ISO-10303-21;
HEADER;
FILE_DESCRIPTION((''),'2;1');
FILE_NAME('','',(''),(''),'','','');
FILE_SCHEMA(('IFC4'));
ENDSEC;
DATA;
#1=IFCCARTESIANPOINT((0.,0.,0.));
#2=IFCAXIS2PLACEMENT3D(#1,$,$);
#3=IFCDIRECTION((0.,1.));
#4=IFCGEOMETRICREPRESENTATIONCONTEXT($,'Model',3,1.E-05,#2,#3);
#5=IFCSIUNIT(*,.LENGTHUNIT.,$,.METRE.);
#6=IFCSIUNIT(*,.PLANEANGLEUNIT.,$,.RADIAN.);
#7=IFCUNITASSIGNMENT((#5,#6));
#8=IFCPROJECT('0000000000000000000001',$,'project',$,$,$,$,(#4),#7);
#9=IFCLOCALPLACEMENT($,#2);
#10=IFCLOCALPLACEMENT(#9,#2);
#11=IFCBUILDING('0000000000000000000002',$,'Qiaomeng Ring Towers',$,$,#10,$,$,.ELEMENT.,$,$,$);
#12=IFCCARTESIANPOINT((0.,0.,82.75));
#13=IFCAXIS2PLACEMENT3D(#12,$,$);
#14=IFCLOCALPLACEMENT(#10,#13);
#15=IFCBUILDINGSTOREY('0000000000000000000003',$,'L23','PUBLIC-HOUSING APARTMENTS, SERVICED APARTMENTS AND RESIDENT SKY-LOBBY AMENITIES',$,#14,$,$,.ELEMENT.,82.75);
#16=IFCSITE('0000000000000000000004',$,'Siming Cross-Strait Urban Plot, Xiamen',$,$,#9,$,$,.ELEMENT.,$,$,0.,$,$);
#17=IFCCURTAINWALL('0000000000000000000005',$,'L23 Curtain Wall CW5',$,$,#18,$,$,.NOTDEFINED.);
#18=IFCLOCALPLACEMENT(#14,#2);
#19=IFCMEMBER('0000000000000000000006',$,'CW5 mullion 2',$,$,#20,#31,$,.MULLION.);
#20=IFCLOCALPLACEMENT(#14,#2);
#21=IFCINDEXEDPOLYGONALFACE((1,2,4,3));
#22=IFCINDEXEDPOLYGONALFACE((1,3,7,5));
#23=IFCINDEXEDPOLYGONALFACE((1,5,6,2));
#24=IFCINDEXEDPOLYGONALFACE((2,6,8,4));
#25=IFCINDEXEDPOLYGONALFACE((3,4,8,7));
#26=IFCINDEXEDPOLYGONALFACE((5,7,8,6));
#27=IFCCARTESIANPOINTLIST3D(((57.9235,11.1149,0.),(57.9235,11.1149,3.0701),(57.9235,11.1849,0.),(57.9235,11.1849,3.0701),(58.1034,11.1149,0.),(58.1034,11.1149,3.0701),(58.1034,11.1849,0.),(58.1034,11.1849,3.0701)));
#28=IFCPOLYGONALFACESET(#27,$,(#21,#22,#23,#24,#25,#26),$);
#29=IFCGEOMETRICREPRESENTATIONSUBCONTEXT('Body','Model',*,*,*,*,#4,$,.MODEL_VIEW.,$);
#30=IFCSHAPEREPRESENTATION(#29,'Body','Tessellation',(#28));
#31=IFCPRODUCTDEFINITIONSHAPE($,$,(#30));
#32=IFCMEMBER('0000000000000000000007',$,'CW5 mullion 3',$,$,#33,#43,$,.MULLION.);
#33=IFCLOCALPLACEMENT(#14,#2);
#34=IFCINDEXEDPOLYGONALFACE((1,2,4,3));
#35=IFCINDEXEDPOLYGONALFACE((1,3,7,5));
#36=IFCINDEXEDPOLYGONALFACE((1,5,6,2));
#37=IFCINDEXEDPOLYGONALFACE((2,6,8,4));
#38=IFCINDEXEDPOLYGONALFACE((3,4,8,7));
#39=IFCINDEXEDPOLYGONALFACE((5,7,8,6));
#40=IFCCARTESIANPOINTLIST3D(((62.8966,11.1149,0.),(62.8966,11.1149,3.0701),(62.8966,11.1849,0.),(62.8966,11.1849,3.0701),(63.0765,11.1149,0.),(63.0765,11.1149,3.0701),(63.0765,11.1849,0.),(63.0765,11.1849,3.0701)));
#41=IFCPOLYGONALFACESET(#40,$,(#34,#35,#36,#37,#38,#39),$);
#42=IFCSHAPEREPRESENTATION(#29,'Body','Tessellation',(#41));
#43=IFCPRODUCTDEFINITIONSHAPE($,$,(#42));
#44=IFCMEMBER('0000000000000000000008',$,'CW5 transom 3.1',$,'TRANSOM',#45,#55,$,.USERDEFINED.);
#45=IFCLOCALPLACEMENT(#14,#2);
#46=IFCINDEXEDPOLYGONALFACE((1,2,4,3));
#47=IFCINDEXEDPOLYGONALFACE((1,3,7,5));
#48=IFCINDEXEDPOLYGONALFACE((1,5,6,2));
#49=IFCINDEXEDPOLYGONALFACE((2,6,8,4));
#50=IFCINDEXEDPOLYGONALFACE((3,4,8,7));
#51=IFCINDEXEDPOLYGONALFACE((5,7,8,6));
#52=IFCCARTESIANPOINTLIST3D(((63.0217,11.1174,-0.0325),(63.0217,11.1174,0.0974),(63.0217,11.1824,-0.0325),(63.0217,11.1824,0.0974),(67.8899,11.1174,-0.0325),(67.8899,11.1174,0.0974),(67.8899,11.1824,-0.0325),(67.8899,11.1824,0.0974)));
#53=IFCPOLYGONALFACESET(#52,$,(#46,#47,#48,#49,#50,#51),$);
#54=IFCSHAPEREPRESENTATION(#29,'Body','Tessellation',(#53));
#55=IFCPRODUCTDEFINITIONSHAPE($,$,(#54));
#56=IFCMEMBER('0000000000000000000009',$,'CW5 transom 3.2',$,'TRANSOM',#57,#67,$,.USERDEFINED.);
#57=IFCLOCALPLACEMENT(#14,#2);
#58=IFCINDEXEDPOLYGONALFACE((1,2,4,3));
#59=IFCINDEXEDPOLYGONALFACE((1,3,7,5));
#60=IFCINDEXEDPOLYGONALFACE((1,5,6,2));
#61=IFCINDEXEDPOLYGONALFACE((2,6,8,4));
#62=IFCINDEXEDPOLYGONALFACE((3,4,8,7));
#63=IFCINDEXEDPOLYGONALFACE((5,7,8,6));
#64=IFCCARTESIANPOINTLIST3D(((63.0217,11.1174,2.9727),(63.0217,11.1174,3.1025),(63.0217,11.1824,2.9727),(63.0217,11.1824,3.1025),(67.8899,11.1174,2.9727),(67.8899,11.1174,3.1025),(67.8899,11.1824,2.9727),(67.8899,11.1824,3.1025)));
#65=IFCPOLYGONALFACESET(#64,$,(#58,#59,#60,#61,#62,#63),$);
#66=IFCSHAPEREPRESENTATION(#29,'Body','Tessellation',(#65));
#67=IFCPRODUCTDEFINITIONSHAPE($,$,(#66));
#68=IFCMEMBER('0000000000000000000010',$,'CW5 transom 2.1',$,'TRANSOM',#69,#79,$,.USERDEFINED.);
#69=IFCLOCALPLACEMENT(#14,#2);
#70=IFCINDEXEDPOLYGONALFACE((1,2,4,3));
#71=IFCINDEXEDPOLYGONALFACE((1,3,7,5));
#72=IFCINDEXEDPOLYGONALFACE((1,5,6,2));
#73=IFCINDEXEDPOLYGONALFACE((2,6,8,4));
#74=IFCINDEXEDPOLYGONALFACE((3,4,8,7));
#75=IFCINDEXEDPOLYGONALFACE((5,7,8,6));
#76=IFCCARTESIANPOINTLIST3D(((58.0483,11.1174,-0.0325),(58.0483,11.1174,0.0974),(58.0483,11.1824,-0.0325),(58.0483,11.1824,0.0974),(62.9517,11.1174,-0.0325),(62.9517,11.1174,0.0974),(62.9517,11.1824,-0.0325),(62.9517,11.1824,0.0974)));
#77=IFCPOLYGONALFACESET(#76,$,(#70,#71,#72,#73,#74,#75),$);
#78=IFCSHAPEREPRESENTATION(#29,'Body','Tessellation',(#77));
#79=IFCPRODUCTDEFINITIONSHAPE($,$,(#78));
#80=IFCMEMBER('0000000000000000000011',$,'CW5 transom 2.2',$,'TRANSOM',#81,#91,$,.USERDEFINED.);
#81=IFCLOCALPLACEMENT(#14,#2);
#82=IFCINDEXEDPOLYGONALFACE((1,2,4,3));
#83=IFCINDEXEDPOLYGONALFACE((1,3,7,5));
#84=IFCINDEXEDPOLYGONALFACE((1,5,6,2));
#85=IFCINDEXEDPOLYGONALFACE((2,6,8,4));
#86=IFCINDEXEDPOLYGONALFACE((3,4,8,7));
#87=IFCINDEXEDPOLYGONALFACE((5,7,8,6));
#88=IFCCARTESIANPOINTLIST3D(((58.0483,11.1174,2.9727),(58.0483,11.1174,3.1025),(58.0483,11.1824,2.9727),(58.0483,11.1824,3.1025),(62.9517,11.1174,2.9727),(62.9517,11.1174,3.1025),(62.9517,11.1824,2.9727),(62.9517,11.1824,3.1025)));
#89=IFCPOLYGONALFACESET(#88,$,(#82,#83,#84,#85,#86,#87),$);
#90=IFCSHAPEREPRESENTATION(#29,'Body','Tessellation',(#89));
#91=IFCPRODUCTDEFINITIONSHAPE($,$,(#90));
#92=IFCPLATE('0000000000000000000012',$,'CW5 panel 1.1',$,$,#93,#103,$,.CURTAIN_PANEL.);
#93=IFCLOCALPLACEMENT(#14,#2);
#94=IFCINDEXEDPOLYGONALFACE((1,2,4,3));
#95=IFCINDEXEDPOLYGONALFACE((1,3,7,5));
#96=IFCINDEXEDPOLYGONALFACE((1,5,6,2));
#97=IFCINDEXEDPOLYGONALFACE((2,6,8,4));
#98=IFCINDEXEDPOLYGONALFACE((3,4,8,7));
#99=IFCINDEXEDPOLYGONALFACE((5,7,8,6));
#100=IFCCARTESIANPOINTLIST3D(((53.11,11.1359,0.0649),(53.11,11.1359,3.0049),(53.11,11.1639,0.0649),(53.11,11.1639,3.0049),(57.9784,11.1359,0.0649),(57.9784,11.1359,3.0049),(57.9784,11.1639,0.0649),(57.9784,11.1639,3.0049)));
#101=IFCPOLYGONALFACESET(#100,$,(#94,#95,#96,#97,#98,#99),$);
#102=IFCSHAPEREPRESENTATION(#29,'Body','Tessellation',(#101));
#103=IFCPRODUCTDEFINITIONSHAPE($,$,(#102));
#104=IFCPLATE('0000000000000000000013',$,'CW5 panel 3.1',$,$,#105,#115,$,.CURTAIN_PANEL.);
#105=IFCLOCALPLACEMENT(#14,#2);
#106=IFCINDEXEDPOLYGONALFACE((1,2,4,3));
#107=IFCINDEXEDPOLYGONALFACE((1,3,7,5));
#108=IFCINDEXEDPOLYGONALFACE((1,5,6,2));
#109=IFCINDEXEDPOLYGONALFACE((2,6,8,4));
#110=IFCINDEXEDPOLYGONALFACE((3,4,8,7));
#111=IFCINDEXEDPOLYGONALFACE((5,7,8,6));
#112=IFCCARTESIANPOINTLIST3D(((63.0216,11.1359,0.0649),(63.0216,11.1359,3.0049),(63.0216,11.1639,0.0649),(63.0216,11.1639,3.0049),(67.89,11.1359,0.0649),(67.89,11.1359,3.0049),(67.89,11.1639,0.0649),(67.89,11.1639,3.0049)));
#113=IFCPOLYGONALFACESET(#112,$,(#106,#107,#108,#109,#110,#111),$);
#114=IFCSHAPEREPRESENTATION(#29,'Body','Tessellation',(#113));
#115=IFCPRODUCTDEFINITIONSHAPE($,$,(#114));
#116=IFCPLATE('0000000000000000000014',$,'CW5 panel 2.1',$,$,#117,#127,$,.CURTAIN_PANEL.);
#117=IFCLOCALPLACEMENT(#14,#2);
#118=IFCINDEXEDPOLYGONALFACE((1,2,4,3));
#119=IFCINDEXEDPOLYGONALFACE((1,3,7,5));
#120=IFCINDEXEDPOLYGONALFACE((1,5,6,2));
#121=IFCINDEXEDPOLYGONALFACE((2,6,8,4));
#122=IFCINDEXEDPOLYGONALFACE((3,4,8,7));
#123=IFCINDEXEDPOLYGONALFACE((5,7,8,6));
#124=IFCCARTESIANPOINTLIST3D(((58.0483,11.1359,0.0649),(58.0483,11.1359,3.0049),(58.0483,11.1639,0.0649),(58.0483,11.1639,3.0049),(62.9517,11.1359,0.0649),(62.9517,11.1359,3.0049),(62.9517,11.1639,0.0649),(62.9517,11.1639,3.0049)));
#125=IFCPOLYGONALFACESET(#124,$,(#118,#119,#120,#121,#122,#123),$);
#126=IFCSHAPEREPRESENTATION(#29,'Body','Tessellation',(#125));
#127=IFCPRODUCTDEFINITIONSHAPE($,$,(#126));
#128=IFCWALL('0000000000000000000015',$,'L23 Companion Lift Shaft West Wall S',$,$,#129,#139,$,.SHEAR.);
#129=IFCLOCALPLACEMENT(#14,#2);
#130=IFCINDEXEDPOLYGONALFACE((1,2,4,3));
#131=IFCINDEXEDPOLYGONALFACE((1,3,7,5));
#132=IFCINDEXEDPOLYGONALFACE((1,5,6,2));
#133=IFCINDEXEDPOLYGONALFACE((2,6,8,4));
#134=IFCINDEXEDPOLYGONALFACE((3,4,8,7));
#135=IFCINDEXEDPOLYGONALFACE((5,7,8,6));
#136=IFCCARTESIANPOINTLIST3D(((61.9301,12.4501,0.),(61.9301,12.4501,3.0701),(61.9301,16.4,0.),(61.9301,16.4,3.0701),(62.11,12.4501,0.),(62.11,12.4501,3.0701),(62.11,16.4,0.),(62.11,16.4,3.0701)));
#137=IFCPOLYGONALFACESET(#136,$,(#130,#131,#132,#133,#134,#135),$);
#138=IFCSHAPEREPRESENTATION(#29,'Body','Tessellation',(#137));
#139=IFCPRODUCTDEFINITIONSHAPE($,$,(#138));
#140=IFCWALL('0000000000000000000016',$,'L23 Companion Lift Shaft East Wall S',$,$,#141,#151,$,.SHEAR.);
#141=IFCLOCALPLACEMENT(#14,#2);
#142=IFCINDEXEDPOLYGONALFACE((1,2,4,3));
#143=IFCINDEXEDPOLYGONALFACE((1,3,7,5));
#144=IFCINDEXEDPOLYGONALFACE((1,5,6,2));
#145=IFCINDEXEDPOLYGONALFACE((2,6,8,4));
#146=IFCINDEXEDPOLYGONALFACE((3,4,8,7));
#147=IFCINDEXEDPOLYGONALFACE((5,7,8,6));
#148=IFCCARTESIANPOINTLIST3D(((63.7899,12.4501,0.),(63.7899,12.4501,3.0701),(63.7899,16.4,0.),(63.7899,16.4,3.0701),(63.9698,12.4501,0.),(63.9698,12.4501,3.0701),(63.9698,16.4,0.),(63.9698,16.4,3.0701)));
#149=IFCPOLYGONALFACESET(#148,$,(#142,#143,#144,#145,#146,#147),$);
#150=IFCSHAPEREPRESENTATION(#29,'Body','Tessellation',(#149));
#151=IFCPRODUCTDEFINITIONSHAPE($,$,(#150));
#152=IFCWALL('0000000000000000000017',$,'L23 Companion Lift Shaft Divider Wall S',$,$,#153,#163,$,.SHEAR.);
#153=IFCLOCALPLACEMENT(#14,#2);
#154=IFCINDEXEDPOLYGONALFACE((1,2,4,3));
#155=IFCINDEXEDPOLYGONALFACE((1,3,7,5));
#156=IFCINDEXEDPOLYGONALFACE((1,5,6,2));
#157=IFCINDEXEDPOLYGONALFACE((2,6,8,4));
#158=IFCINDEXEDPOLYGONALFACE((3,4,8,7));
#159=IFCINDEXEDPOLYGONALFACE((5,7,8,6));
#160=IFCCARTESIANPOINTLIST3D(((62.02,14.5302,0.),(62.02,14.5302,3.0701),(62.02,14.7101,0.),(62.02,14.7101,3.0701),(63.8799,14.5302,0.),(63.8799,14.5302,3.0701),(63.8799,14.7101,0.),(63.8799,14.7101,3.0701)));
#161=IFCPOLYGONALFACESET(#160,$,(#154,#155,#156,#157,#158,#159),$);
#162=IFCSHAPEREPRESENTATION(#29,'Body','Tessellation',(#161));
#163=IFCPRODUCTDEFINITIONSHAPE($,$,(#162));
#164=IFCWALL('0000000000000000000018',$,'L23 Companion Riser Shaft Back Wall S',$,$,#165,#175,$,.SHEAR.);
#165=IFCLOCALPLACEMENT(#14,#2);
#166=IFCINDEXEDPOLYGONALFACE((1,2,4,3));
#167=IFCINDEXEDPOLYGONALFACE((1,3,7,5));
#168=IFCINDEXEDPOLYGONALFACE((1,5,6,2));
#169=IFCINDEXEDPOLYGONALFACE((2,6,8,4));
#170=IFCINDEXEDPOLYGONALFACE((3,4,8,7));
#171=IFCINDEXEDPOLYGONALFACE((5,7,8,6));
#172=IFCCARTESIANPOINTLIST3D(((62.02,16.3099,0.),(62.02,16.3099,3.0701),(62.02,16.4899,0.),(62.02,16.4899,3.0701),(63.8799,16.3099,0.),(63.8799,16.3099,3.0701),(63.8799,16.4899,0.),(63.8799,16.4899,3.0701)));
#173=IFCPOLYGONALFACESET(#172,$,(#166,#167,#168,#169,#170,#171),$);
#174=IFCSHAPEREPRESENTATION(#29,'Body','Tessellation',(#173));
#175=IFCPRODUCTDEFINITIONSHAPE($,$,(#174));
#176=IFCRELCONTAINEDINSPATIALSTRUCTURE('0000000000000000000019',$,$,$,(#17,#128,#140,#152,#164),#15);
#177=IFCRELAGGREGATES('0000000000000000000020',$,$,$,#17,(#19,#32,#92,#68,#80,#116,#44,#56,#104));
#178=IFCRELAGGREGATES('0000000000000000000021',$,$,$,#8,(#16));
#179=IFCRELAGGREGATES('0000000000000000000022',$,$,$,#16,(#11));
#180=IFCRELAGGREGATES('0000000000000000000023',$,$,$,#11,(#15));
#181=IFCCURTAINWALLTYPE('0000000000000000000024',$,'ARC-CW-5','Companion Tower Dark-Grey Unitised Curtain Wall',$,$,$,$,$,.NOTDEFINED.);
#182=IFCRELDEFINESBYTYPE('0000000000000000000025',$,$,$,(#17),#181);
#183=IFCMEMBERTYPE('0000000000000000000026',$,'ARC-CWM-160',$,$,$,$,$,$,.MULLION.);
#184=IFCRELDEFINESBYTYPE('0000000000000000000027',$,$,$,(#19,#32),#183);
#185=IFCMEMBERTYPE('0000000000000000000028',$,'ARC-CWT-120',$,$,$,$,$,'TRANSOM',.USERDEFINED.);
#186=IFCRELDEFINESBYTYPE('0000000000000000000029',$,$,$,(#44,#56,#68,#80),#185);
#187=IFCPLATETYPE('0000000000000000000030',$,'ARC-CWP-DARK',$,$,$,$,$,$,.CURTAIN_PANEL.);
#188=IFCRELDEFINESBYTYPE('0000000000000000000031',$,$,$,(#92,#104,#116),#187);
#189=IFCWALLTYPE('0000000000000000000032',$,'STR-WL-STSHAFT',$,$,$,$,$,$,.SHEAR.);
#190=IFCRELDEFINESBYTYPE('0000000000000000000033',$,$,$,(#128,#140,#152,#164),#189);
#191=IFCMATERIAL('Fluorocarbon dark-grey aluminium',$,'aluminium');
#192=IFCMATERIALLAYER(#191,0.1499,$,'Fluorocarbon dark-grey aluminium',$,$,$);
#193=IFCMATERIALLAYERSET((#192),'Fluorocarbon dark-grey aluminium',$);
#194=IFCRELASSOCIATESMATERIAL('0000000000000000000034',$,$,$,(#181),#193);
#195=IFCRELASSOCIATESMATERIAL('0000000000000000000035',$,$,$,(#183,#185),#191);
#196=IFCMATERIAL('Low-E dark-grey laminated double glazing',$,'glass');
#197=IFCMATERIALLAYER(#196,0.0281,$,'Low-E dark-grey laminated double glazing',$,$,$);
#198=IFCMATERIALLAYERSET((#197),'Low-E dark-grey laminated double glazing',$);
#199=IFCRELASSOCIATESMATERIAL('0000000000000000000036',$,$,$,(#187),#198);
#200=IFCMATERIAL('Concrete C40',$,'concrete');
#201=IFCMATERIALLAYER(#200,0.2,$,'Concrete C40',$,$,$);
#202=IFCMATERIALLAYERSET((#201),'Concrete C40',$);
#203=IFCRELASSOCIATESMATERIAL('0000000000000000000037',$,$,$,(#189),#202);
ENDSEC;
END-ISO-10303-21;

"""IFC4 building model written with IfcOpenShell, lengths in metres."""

from ifc_helpers import new_model, si_unit, direction, frame, frame_2d, origin, origin_2d, place, context, subcontext, project, spatial, rectangle, extrude, source, transform, mapped, material, layer, layer_set, material_profile, profile_set, type_object, element, aggregate, save


model = new_model("IFC4")

# Units and contexts
model_context = context("Model", 3, precision=1e-05, world=origin(), true_north=direction((0.0, 1.0)))
body_context = subcontext(model_context, "Body", "Model", "MODEL_VIEW")
ifc_project = project(units=[si_unit("LENGTHUNIT", "METRE"), si_unit("PLANEANGLEUNIT", "RADIAN")], contexts=[model_context])

# Site, building, storey
site_placement = place(None, origin())
site = spatial("IfcSite", under=ifc_project, at=site_placement, Name="Siming Cross-Strait Urban Plot, Xiamen", CompositionType="ELEMENT", RefElevation=0.0)
building_placement = place(site_placement, origin())
building = spatial("IfcBuilding", under=site, at=building_placement, Name="Qiaomeng Ring Towers", CompositionType="ELEMENT")
storey_placement = place(building_placement, frame((0.0, 0.0, 82.75)))
storey = spatial("IfcBuildingStorey", under=building, at=storey_placement, Name="L23", Description="PUBLIC-HOUSING APARTMENTS, SERVICED APARTMENTS AND RESIDENT SKY-LOBBY AMENITIES", CompositionType="ELEMENT", Elevation=82.75)

# Curtain wall, members, plates
ifc_material_1 = material(Name="Fluorocarbon dark-grey aluminium", Category="aluminium")
ifc_layer_1 = layer(ifc_material_1, 0.1499, Name="Fluorocarbon dark-grey aluminium")
ifc_layer_set_1 = layer_set([ifc_layer_1], Name="Fluorocarbon dark-grey aluminium")
curtain_wall_type = type_object("IfcCurtainWallType", Name="ARC-CW-5", Description="Companion Tower Dark-Grey Unitised Curtain Wall", PredefinedType="NOTDEFINED", material=ifc_layer_set_1)
curtain_wall_placement = place(storey_placement, origin())
curtain_wall = element("IfcCurtainWall", 1, at=curtain_wall_placement, inside=storey, type_object=curtain_wall_type, Name="L23 Curtain Wall CW5", PredefinedType="NOTDEFINED")
ifc_material_profile_1 = material_profile(ifc_material_1, rectangle(XDim=0.0701, YDim=0.1799, at=origin_2d()), Name="ALU MULL 70x180")
ifc_profile_set_1 = profile_set([ifc_material_profile_1], Name="Fluorocarbon dark-grey aluminium")
member_type_1 = type_object("IfcMemberType", Name="ARC-CWM-160", PredefinedType="MULLION", material=ifc_profile_set_1)
shared_shape_1 = source(origin(), body_context, "Body", "SweptSolid", [
    extrude(rectangle(XDim=0.0701, YDim=0.1799, at=origin_2d()), origin(), (0.0, 0.0, 1.0), 3.0701),
])
member_1_placement = place(storey_placement, frame((58.0134, 11.1499, 0.0), z_axis=(0.0, 0.0, 1.0), x_axis=(0.0, 1.0, 0.0)))
member_1 = element("IfcMember", 2, at=member_1_placement, type_object=member_type_1, Name="CW5 mullion 2", PredefinedType="MULLION", context=body_context, shape_type="MappedRepresentation", body=[
    mapped(shared_shape_1, transform((0.0, 0.0, 0.0), x_axis=(1.0, 0.0, 0.0), y_axis=(0.0, 1.0, 0.0), z_axis=(0.0, 0.0, 1.0), scale=1.0)),
])
member_2_placement = place(storey_placement, frame((62.9866, 11.1499, 0.0), z_axis=(0.0, 0.0, 1.0), x_axis=(0.0, 1.0, 0.0)))
member_2 = element("IfcMember", 3, at=member_2_placement, type_object=member_type_1, Name="CW5 mullion 3", PredefinedType="MULLION", context=body_context, shape_type="MappedRepresentation", body=[
    mapped(shared_shape_1, transform((0.0, 0.0, 0.0), x_axis=(1.0, 0.0, 0.0), y_axis=(0.0, 1.0, 0.0), z_axis=(0.0, 0.0, 1.0), scale=1.0)),
])
ifc_material_profile_2 = material_profile(ifc_material_1, rectangle(XDim=0.0649, YDim=0.1299, at=origin_2d()), Name="ALU TRAN 65x130")
ifc_profile_set_2 = profile_set([ifc_material_profile_2], Name="Fluorocarbon dark-grey aluminium")
member_type_2 = type_object("IfcMemberType", Name="ARC-CWT-120", ElementType="TRANSOM", PredefinedType="USERDEFINED", material=ifc_profile_set_2)
shared_shape_2 = source(origin(), body_context, "Body", "SweptSolid", [
    extrude(rectangle(XDim=0.0649, YDim=0.1299, at=origin_2d()), origin(), (0.0, 0.0, 1.0), 4.8682),
])
member_3_placement = place(storey_placement, frame((63.0217, 11.1499, 0.0325), z_axis=(1.0, 0.0, 0.0), x_axis=(0.0, 1.0, 0.0)))
member_3 = element("IfcMember", 4, at=member_3_placement, type_object=member_type_2, Name="CW5 transom 3.1", ObjectType="TRANSOM", PredefinedType="USERDEFINED", context=body_context, shape_type="MappedRepresentation", body=[
    mapped(shared_shape_2, transform((0.0, 0.0, 0.0), x_axis=(1.0, 0.0, 0.0), y_axis=(0.0, 1.0, 0.0), z_axis=(0.0, 0.0, 1.0), scale=1.0)),
])
member_4_placement = place(storey_placement, frame((63.0217, 11.1499, 3.0376), z_axis=(1.0, 0.0, 0.0), x_axis=(0.0, 1.0, 0.0)))
member_4 = element("IfcMember", 5, at=member_4_placement, type_object=member_type_2, Name="CW5 transom 3.2", ObjectType="TRANSOM", PredefinedType="USERDEFINED", context=body_context, shape_type="MappedRepresentation", body=[
    mapped(shared_shape_2, transform((0.0, 0.0, 0.0), x_axis=(1.0, 0.0, 0.0), y_axis=(0.0, 1.0, 0.0), z_axis=(0.0, 0.0, 1.0), scale=1.0)),
])
shared_shape_3 = source(origin(), body_context, "Body", "SweptSolid", [
    extrude(rectangle(XDim=0.0649, YDim=0.1299, at=origin_2d()), origin(), (0.0, 0.0, 1.0), 4.9033),
])
member_5_placement = place(storey_placement, frame((58.0483, 11.1499, 0.0325), z_axis=(1.0, 0.0, 0.0), x_axis=(0.0, 1.0, 0.0)))
member_5 = element("IfcMember", 6, at=member_5_placement, type_object=member_type_2, Name="CW5 transom 2.1", ObjectType="TRANSOM", PredefinedType="USERDEFINED", context=body_context, shape_type="MappedRepresentation", body=[
    mapped(shared_shape_3, transform((0.0, 0.0, 0.0), x_axis=(1.0, 0.0, 0.0), y_axis=(0.0, 1.0, 0.0), z_axis=(0.0, 0.0, 1.0), scale=1.0)),
])
member_6_placement = place(storey_placement, frame((58.0483, 11.1499, 3.0376), z_axis=(1.0, 0.0, 0.0), x_axis=(0.0, 1.0, 0.0)))
member_6 = element("IfcMember", 7, at=member_6_placement, type_object=member_type_2, Name="CW5 transom 2.2", ObjectType="TRANSOM", PredefinedType="USERDEFINED", context=body_context, shape_type="MappedRepresentation", body=[
    mapped(shared_shape_3, transform((0.0, 0.0, 0.0), x_axis=(1.0, 0.0, 0.0), y_axis=(0.0, 1.0, 0.0), z_axis=(0.0, 0.0, 1.0), scale=1.0)),
])
ifc_material_2 = material(Name="Low-E dark-grey laminated double glazing", Category="glass")
ifc_layer_2 = layer(ifc_material_2, 0.0281, Name="Low-E dark-grey laminated double glazing")
ifc_layer_set_2 = layer_set([ifc_layer_2], Name="Low-E dark-grey laminated double glazing")
plate_type = type_object("IfcPlateType", Name="ARC-CWP-DARK", PredefinedType="CURTAIN_PANEL", material=ifc_layer_set_2)
shared_shape_4 = source(origin(), body_context, "Body", "SweptSolid", [
    extrude(rectangle(XDim=4.8684, YDim=0.0281, at=origin_2d()), origin(), (0.0, 0.0, 1.0), 2.9399),
])
plate_1_placement = place(storey_placement, frame((55.5442, 11.1499, 0.0649), z_axis=(0.0, 0.0, 1.0), x_axis=(1.0, 0.0, 0.0)))
plate_1 = element("IfcPlate", 8, at=plate_1_placement, type_object=plate_type, Name="CW5 panel 1.1", PredefinedType="CURTAIN_PANEL", context=body_context, shape_type="MappedRepresentation", body=[
    mapped(shared_shape_4, transform((0.0, 0.0, 0.0), x_axis=(1.0, 0.0, 0.0), y_axis=(0.0, 1.0, 0.0), z_axis=(0.0, 0.0, 1.0), scale=1.0)),
])
plate_2_placement = place(storey_placement, frame((65.4558, 11.1499, 0.0649), z_axis=(0.0, 0.0, 1.0), x_axis=(1.0, 0.0, 0.0)))
plate_2 = element("IfcPlate", 9, at=plate_2_placement, type_object=plate_type, Name="CW5 panel 3.1", PredefinedType="CURTAIN_PANEL", context=body_context, shape_type="MappedRepresentation", body=[
    mapped(shared_shape_4, transform((0.0, 0.0, 0.0), x_axis=(1.0, 0.0, 0.0), y_axis=(0.0, 1.0, 0.0), z_axis=(0.0, 0.0, 1.0), scale=1.0)),
])
shared_shape_5 = source(origin(), body_context, "Body", "SweptSolid", [
    extrude(rectangle(XDim=4.9033, YDim=0.0281, at=origin_2d()), origin(), (0.0, 0.0, 1.0), 2.9399),
])
plate_3_placement = place(storey_placement, frame((60.5, 11.1499, 0.0649), z_axis=(0.0, 0.0, 1.0), x_axis=(1.0, 0.0, 0.0)))
plate_3 = element("IfcPlate", 10, at=plate_3_placement, type_object=plate_type, Name="CW5 panel 2.1", PredefinedType="CURTAIN_PANEL", context=body_context, shape_type="MappedRepresentation", body=[
    mapped(shared_shape_5, transform((0.0, 0.0, 0.0), x_axis=(1.0, 0.0, 0.0), y_axis=(0.0, 1.0, 0.0), z_axis=(0.0, 0.0, 1.0), scale=1.0)),
])
aggregate(curtain_wall, [member_1, member_2, plate_1, member_5, member_6, plate_3, member_3, member_4, plate_2])

# Walls
ifc_material_3 = material(Name="Concrete C40", Category="concrete")
ifc_layer_3 = layer(ifc_material_3, 0.2, Name="Concrete C40")
ifc_layer_set_3 = layer_set([ifc_layer_3], Name="Concrete C40")
wall_type_1 = type_object("IfcWallType", Name="STR-WL-STSHAFT", PredefinedType="SHEAR", material=ifc_layer_set_3)
for number, where, z_axis, x_axis, name in (
    (11, (62.02, 12.45, 0.0), (0.0, 0.0, 1.0), (0.0, 1.0, 0.0), "L23 Companion Lift Shaft West Wall S"),
    (12, (63.8799, 12.45, 0.0), (0.0, 0.0, 1.0), (0.0, 1.0, 0.0), "L23 Companion Lift Shaft East Wall S"),
):
    element("IfcWall", number, at=place(storey_placement, frame(where, z_axis=z_axis, x_axis=x_axis)), inside=storey, type_object=wall_type_1, Name=name, PredefinedType="SHEAR", context=body_context, shape_type="SweptSolid", body=[
        extrude(rectangle(XDim=3.95, YDim=0.1799, at=frame_2d((1.9751, 0.0))), origin(), (0.0, 0.0, 1.0), 3.0701),
    ])
for number, where, z_axis, x_axis, name in (
    (13, (62.02, 14.6201, 0.0), (0.0, 0.0, 1.0), (1.0, 0.0, 0.0), "L23 Companion Lift Shaft Divider Wall S"),
    (14, (62.02, 16.3999, 0.0), (0.0, 0.0, 1.0), (1.0, 0.0, 0.0), "L23 Companion Riser Shaft Back Wall S"),
):
    element("IfcWall", number, at=place(storey_placement, frame(where, z_axis=z_axis, x_axis=x_axis)), inside=storey, type_object=wall_type_1, Name=name, PredefinedType="SHEAR", context=body_context, shape_type="SweptSolid", body=[
        extrude(rectangle(XDim=1.8599, YDim=0.1799, at=frame_2d((0.9299, 0.0))), origin(), (0.0, 0.0, 1.0), 3.0701),
    ])

save(model, "model.ifc")
